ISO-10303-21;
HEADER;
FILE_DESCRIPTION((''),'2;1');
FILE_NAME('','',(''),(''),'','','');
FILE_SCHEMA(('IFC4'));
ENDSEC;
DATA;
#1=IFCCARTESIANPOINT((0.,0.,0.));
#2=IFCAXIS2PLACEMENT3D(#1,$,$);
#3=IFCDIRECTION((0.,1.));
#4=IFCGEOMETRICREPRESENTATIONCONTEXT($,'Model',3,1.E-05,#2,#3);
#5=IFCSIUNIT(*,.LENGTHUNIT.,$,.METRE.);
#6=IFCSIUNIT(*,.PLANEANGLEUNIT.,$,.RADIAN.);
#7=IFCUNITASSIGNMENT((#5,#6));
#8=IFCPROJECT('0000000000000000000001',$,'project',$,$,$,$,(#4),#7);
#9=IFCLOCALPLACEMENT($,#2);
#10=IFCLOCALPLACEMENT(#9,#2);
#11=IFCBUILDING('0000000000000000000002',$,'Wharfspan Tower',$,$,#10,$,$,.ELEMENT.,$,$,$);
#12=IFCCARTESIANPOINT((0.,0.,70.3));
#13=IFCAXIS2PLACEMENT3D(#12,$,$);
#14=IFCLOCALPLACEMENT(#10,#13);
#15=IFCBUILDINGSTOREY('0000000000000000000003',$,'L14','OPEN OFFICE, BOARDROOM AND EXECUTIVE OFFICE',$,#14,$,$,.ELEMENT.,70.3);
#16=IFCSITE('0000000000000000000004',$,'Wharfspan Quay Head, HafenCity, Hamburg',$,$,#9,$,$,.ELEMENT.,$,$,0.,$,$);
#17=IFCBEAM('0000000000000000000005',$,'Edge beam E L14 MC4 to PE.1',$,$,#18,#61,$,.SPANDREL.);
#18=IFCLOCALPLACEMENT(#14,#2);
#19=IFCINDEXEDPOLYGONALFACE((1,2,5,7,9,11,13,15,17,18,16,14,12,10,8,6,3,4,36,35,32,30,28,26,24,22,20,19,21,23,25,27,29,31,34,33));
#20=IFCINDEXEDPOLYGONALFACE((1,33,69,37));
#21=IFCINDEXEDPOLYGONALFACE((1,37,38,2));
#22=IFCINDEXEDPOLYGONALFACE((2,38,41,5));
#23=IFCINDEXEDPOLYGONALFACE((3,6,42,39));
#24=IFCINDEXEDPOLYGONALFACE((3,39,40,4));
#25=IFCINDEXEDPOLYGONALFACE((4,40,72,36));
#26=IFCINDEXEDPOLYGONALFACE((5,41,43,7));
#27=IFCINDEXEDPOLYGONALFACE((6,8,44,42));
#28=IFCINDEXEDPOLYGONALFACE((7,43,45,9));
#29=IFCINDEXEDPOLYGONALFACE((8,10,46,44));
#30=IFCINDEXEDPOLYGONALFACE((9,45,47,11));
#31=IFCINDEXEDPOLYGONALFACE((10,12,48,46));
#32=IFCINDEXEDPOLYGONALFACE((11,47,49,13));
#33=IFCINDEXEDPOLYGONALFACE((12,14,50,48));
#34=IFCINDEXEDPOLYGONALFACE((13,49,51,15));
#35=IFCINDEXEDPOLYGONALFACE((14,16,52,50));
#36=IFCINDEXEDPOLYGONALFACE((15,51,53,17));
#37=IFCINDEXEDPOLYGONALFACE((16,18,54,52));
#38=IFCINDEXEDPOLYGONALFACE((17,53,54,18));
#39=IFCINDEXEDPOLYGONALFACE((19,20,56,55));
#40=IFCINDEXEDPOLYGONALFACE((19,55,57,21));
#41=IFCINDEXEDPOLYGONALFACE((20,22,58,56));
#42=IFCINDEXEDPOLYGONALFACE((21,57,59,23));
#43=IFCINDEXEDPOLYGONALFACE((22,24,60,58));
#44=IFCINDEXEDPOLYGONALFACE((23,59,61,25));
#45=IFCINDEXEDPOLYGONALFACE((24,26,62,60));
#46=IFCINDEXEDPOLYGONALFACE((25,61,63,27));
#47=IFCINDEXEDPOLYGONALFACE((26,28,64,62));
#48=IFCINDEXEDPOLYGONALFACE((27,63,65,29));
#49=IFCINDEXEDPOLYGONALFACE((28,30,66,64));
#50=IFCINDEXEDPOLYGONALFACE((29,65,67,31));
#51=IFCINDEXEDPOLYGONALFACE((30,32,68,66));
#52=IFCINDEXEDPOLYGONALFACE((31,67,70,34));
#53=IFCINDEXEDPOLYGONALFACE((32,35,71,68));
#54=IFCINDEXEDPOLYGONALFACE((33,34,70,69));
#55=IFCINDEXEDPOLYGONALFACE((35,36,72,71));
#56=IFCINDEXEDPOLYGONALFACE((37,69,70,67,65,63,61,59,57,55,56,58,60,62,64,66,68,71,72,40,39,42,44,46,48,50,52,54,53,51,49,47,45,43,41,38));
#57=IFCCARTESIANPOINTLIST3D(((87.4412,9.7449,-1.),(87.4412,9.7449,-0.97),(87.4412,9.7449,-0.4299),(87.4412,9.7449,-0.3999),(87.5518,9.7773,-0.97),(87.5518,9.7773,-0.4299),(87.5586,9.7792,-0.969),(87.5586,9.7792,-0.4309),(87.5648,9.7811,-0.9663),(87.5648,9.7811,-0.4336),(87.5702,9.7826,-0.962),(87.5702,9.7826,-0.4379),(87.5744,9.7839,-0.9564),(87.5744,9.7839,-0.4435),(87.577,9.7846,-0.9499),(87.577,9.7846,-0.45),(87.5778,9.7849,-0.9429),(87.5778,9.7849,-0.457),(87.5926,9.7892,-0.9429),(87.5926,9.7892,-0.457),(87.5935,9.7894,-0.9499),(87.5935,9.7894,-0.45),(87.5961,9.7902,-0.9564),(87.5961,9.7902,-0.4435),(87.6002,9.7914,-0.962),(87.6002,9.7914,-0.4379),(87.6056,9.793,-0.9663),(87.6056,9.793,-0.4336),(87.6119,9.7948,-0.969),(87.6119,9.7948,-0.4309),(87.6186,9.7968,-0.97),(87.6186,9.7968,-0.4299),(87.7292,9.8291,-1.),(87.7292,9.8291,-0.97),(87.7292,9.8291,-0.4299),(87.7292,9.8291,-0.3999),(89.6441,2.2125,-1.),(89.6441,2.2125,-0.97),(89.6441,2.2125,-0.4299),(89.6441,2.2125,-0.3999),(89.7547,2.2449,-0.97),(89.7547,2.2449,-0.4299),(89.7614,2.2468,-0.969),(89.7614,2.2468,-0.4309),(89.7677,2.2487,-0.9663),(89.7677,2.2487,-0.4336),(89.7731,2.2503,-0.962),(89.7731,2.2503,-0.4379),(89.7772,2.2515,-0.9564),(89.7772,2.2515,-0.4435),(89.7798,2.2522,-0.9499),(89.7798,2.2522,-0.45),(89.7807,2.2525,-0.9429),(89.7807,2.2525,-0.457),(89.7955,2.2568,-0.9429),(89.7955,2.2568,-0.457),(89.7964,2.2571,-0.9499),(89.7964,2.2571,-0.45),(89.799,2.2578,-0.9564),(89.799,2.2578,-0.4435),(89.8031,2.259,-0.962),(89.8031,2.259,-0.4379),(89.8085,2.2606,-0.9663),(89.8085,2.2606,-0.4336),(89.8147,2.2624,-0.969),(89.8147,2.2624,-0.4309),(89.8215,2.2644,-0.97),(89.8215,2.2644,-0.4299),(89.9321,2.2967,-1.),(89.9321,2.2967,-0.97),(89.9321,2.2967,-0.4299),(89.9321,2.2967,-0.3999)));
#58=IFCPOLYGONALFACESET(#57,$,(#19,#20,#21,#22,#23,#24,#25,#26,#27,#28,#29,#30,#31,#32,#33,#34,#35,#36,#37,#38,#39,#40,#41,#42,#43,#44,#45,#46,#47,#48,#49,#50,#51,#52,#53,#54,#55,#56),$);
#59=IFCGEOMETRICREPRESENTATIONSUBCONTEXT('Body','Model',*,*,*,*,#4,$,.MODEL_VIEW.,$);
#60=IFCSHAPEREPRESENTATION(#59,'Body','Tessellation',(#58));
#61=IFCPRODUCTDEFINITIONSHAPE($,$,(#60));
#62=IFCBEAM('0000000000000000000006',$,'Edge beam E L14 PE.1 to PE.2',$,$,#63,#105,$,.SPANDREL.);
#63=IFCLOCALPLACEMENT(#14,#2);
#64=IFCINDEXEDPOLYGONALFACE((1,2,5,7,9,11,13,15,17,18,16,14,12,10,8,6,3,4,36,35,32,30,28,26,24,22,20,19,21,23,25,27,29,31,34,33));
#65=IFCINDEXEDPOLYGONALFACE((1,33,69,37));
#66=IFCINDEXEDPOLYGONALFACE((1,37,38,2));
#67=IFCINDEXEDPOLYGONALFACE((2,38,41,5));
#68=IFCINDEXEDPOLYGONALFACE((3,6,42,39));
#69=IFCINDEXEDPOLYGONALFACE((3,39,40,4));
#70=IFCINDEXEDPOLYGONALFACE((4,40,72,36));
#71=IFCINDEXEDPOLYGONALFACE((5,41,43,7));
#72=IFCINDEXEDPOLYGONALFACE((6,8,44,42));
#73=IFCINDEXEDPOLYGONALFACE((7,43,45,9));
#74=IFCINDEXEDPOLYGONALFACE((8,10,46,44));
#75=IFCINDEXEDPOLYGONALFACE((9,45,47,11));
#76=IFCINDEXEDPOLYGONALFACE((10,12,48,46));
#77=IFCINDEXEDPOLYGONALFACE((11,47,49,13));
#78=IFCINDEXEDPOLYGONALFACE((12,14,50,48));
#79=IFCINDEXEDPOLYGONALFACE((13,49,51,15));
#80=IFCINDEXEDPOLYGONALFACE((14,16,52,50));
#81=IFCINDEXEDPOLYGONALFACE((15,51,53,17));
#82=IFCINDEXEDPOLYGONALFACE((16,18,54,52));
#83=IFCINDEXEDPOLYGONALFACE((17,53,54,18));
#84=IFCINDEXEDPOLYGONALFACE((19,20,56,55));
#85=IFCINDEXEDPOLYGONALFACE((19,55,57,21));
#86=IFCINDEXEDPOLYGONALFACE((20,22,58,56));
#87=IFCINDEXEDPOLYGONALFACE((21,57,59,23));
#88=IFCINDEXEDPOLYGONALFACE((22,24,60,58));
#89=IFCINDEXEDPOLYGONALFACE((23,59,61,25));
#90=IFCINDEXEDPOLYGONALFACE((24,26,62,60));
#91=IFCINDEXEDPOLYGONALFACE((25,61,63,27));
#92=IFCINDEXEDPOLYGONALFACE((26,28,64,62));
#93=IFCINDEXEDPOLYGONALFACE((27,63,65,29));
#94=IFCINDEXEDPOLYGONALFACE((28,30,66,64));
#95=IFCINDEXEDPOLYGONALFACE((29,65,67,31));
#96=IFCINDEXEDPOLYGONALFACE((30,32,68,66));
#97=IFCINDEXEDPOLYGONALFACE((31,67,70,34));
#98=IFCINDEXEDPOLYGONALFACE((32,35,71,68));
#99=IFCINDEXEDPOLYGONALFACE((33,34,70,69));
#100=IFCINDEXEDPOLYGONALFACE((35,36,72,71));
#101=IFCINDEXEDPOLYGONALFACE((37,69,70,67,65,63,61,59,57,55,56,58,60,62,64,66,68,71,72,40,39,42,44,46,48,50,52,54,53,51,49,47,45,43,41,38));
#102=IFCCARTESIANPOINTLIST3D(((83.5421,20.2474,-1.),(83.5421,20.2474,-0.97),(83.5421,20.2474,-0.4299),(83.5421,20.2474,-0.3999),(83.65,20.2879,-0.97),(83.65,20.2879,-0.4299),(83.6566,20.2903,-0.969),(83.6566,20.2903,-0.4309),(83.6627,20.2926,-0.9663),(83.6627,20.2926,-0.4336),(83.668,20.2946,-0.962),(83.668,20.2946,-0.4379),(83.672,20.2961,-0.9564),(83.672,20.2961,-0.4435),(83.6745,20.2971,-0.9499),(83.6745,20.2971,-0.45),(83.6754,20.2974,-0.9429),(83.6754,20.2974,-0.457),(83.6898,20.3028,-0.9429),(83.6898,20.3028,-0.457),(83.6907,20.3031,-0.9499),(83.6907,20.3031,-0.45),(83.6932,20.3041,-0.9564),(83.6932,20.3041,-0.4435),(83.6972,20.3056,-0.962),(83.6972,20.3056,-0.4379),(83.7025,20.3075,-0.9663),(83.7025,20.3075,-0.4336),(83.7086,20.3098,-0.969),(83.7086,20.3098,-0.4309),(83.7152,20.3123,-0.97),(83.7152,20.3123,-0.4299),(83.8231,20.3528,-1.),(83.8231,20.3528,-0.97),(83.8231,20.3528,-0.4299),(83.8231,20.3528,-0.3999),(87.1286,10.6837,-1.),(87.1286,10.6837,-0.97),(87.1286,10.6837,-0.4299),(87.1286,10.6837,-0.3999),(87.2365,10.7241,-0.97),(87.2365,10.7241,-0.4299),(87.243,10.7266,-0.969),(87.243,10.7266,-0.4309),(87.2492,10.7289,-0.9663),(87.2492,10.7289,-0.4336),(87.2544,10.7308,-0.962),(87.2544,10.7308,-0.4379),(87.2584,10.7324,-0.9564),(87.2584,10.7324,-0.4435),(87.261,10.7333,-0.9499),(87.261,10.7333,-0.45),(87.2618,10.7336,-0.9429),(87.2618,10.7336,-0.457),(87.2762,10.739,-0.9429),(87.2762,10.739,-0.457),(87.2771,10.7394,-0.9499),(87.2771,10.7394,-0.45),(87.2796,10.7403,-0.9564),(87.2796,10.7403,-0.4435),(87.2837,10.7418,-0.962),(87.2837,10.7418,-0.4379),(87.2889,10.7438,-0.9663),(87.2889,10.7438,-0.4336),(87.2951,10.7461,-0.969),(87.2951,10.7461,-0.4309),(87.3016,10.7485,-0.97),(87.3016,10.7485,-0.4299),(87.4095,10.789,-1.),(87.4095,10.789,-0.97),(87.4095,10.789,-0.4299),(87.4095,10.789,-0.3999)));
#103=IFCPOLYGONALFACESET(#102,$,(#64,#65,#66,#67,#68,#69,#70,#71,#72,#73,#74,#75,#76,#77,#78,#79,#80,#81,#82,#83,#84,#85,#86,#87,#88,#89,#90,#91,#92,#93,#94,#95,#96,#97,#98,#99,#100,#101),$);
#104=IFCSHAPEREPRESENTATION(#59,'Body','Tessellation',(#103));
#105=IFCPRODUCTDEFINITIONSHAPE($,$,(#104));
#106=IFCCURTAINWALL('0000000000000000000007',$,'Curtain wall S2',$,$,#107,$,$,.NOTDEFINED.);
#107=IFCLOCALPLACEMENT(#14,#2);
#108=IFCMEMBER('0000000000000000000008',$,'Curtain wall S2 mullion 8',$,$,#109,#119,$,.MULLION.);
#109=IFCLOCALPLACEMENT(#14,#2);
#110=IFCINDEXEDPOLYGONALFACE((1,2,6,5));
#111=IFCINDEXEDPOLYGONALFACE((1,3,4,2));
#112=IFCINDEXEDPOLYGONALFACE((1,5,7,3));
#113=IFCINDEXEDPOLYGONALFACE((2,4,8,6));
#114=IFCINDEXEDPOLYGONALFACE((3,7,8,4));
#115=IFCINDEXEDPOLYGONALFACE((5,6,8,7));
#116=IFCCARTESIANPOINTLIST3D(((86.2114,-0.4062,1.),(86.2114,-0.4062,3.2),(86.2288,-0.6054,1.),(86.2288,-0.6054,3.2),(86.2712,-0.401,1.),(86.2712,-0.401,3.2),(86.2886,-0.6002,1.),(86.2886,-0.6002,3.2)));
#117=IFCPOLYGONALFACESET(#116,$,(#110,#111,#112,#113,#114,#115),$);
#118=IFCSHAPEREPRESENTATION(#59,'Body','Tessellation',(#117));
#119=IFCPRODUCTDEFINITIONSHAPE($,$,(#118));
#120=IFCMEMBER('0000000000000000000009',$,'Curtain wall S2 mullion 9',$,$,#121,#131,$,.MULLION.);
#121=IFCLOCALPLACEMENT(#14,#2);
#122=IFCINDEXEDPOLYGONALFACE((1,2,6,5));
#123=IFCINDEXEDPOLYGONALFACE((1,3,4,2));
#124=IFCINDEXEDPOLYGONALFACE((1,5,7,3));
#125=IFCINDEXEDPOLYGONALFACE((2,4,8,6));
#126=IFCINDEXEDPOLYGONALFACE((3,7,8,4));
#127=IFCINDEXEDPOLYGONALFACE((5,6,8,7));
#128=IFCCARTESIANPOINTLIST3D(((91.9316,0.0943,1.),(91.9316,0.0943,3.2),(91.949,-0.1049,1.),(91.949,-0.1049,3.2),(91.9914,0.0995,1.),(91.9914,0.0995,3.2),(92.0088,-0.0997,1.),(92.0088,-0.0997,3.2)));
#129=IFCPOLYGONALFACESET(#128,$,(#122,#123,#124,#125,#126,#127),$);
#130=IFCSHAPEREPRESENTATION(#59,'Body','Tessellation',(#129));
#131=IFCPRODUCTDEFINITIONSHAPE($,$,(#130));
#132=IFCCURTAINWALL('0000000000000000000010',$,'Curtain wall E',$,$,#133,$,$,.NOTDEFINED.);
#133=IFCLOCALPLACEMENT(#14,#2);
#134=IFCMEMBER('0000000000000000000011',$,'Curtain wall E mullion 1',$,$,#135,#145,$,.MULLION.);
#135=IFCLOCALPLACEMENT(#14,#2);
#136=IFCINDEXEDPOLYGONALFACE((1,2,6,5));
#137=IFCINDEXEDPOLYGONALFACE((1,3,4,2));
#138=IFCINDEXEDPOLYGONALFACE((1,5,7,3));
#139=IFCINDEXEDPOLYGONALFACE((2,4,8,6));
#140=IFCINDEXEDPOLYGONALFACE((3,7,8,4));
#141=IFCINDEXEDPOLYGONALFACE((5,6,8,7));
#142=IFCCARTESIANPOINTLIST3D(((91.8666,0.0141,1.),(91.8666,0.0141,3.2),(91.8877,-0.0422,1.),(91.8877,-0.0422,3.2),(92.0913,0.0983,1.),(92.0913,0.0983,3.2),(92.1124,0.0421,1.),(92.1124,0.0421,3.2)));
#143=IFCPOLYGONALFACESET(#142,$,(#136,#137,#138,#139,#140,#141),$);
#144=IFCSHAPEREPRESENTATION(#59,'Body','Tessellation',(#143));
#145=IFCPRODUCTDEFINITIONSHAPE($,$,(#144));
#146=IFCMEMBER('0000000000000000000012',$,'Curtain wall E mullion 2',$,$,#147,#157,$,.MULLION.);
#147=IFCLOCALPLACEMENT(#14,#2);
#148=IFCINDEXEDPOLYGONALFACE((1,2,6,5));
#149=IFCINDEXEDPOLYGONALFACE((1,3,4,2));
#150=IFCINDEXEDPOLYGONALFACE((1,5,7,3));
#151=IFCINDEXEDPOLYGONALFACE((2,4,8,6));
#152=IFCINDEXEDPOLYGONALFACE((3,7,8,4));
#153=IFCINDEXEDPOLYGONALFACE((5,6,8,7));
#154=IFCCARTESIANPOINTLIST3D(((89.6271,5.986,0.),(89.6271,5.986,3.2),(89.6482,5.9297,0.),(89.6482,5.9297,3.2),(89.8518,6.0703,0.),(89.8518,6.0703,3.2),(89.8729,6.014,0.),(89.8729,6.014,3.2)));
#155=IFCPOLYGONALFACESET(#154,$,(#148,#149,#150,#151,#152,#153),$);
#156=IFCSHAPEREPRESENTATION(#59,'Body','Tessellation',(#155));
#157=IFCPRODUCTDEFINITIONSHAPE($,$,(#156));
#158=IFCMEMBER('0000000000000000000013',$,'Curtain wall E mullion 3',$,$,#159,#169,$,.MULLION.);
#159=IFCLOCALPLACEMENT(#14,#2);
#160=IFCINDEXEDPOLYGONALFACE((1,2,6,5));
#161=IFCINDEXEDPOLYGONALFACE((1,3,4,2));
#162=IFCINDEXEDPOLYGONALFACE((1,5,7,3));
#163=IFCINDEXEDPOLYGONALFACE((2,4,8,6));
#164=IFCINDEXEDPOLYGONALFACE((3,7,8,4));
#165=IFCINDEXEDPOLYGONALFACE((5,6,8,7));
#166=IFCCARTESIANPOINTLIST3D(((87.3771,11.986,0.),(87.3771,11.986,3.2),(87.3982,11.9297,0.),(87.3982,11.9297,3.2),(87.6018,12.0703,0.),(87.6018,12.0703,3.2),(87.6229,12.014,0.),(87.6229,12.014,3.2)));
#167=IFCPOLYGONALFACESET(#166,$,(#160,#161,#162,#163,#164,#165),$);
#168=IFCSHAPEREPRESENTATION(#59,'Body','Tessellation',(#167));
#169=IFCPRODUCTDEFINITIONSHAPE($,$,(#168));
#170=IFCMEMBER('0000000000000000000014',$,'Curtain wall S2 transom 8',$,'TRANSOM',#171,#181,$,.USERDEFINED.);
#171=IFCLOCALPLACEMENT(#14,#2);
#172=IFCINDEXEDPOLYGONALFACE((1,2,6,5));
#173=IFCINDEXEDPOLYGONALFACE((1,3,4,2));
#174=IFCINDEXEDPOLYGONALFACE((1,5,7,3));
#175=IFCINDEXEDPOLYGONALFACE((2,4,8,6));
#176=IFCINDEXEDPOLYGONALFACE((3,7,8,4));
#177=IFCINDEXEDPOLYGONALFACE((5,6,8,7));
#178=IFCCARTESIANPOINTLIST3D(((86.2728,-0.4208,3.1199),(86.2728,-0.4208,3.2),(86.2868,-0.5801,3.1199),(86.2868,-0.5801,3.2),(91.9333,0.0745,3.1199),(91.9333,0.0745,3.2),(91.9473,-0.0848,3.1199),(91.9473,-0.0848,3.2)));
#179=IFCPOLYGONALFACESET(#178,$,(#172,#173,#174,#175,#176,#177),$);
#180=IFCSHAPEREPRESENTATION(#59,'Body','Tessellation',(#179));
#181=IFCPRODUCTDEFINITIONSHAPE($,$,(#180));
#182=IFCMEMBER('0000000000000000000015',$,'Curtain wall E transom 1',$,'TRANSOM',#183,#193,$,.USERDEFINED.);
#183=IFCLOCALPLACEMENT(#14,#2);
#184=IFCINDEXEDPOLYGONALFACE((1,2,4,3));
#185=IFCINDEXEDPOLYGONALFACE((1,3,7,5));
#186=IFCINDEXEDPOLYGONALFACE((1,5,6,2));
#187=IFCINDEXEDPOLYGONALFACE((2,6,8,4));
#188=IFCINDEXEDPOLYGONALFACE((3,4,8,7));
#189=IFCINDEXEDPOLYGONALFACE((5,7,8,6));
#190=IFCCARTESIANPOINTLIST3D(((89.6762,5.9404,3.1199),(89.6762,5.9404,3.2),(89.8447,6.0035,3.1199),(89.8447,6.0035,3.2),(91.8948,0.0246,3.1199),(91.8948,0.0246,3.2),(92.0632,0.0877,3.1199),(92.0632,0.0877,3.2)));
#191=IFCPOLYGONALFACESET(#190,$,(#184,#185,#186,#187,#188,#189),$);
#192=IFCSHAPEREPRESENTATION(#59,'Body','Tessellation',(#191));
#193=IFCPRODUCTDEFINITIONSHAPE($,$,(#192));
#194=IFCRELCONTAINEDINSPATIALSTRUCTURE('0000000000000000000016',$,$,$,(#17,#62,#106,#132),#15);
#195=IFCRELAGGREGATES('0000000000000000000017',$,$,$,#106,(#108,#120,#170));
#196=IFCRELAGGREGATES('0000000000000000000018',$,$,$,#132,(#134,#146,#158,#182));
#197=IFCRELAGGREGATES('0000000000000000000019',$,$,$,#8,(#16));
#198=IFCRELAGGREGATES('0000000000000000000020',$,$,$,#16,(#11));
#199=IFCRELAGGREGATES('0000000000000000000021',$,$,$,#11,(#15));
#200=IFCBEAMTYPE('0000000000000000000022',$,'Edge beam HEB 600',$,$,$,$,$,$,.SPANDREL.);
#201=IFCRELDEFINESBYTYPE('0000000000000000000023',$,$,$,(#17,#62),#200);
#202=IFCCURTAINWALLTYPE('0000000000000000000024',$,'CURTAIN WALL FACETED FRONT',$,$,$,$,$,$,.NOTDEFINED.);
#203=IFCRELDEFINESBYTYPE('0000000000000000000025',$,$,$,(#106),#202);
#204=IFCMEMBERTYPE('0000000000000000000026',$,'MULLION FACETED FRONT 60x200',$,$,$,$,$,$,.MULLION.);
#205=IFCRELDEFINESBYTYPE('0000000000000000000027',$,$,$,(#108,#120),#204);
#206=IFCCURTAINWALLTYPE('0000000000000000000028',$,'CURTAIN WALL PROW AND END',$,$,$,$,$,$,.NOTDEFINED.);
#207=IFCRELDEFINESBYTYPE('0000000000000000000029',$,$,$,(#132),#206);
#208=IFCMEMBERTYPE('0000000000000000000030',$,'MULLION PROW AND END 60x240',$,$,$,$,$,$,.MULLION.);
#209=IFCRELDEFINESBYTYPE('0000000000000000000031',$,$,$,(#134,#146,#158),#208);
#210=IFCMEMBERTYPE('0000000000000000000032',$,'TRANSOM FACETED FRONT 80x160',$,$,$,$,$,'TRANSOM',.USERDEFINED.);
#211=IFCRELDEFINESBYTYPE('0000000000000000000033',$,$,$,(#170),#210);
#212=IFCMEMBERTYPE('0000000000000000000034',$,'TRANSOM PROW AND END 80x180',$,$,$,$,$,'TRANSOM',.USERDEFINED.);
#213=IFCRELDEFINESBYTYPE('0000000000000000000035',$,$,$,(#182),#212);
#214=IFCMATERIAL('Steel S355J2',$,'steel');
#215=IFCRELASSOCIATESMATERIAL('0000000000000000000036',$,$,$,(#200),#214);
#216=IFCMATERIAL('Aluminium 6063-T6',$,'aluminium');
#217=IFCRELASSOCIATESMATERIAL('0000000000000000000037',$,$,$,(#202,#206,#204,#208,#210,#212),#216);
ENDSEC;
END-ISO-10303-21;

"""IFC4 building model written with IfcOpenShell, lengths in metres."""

from ifc_helpers import new_model, si_unit, direction, frame, origin, origin_2d, place, context, subcontext, project, spatial, rectangle, i_section, extrude, material, material_profile, profile_set, type_object, element, aggregate, save


model = new_model("IFC4")

# Units and contexts
model_context = context("Model", 3, precision=1e-05, world=origin(), true_north=direction((0.0, 1.0)))
body_context = subcontext(model_context, "Body", "Model", "MODEL_VIEW")
ifc_project = project(units=[si_unit("LENGTHUNIT", "METRE"), si_unit("PLANEANGLEUNIT", "RADIAN")], contexts=[model_context])

# Site, building, storey
site_placement = place(None, origin())
site = spatial("IfcSite", under=ifc_project, at=site_placement, Name="Wharfspan Quay Head, HafenCity, Hamburg", CompositionType="ELEMENT", RefElevation=0.0)
building_placement = place(site_placement, origin())
building = spatial("IfcBuilding", under=site, at=building_placement, Name="Wharfspan Tower", CompositionType="ELEMENT")
storey_placement = place(building_placement, frame((0.0, 0.0, 70.3)))
storey = spatial("IfcBuildingStorey", under=building, at=storey_placement, Name="L14", Description="OPEN OFFICE, BOARDROOM AND EXECUTIVE OFFICE", CompositionType="ELEMENT", Elevation=70.3)

# Shared definitions
ifc_material_1 = material(Name="Steel S355J2", Category="steel")

# Beams
ifc_material_profile_1 = material_profile(ifc_material_1, i_section(OverallWidth=0.3, OverallDepth=0.6001, WebThickness=0.0154, FlangeThickness=0.03, FilletRadius=0.0271, at=origin_2d()))
ifc_profile_set_1 = profile_set([ifc_material_profile_1], Name="Steel S355J2")
beam_type = type_object("IfcBeamType", Name="Edge beam HEB 600", PredefinedType="SPANDREL", material=ifc_profile_set_1)
beam_1_placement = place(storey_placement, frame((89.7881, 2.2546, -0.7), z_axis=(-0.280694, 0.959797, 0.0), x_axis=(-0.959797, -0.280694, 0.0)))
element("IfcBeam", 1, at=beam_1_placement, inside=storey, type_object=beam_type, Name="Edge beam E L14 MC4 to PE.1", PredefinedType="SPANDREL", context=body_context, shape_type="SweptSolid", body=[
    extrude(i_section(OverallWidth=0.3, OverallDepth=0.6001, WebThickness=0.0154, FlangeThickness=0.03, FilletRadius=0.0271, at=origin_2d()), origin(), (0.0, 0.0, 1.0), 7.8479),
])
beam_2_placement = place(storey_placement, frame((87.269, 10.7363, -0.7), z_axis=(-0.351126, 0.936328, 0.0), x_axis=(-0.936328, -0.351126, 0.0)))
element("IfcBeam", 2, at=beam_2_placement, inside=storey, type_object=beam_type, Name="Edge beam E L14 PE.1 to PE.2", PredefinedType="SPANDREL", context=body_context, shape_type="SweptSolid", body=[
    extrude(i_section(OverallWidth=0.3, OverallDepth=0.6001, WebThickness=0.0154, FlangeThickness=0.03, FilletRadius=0.0271, at=origin_2d()), origin(), (0.0, 0.0, 1.0), 10.2141),
])

# Curtain walls, members
ifc_material_2 = material(Name="Aluminium 6063-T6", Category="aluminium")
curtain_wall_type_1 = type_object("IfcCurtainWallType", Name="CURTAIN WALL FACETED FRONT", PredefinedType="NOTDEFINED", material=ifc_material_2)
curtain_wall_1_placement = place(storey_placement, origin())
curtain_wall_1 = element("IfcCurtainWall", 3, at=curtain_wall_1_placement, inside=storey, type_object=curtain_wall_type_1, Name="Curtain wall S2", PredefinedType="NOTDEFINED")
ifc_material_profile_2 = material_profile(ifc_material_2, rectangle(XDim=0.2, YDim=0.0601, at=origin_2d()))
ifc_profile_set_2 = profile_set([ifc_material_profile_2], Name="Aluminium 6063-T6")
member_type_1 = type_object("IfcMemberType", Name="MULLION FACETED FRONT 60x200", PredefinedType="MULLION", material=ifc_profile_set_2)
member_1_placement = place(storey_placement, frame((86.25, -0.5032, 1.0), z_axis=(0.0, 0.0, 1.0), x_axis=(-0.087156, 0.996197, 0.0)))
member_1 = element("IfcMember", 4, at=member_1_placement, type_object=member_type_1, Name="Curtain wall S2 mullion 8", PredefinedType="MULLION", context=body_context, shape_type="SweptSolid", body=[
    extrude(rectangle(XDim=0.2, YDim=0.0601, at=origin_2d()), origin(), (0.0, 0.0, 1.0), 2.2),
])
member_2_placement = place(storey_placement, frame((91.9702, -0.0027, 1.0), z_axis=(0.0, 0.0, 1.0), x_axis=(-0.087156, 0.996197, 0.0)))
member_2 = element("IfcMember", 5, at=member_2_placement, type_object=member_type_1, Name="Curtain wall S2 mullion 9", PredefinedType="MULLION", context=body_context, shape_type="SweptSolid", body=[
    extrude(rectangle(XDim=0.2, YDim=0.0601, at=origin_2d()), origin(), (0.0, 0.0, 1.0), 2.2),
])
curtain_wall_type_2 = type_object("IfcCurtainWallType", Name="CURTAIN WALL PROW AND END", PredefinedType="NOTDEFINED", material=ifc_material_2)
curtain_wall_2_placement = place(storey_placement, origin())
curtain_wall_2 = element("IfcCurtainWall", 6, at=curtain_wall_2_placement, inside=storey, type_object=curtain_wall_type_2, Name="Curtain wall E", PredefinedType="NOTDEFINED")
ifc_material_profile_3 = material_profile(ifc_material_2, rectangle(XDim=0.24, YDim=0.0601, at=origin_2d()))
ifc_profile_set_3 = profile_set([ifc_material_profile_3], Name="Aluminium 6063-T6")
member_type_2 = type_object("IfcMemberType", Name="MULLION PROW AND END 60x240", PredefinedType="MULLION", material=ifc_profile_set_3)
member_3_placement = place(storey_placement, frame((91.9895, 0.0281, 1.0), z_axis=(0.0, 0.0, 1.0), x_axis=(-0.936328, -0.351123, 0.0)))
member_3 = element("IfcMember", 7, at=member_3_placement, type_object=member_type_2, Name="Curtain wall E mullion 1", PredefinedType="MULLION", context=body_context, shape_type="SweptSolid", body=[
    extrude(rectangle(XDim=0.24, YDim=0.0601, at=origin_2d()), origin(), (0.0, 0.0, 1.0), 2.2),
])
member_4_placement = place(storey_placement, frame((89.75, 6.0, 0.0), z_axis=(0.0, 0.0, 1.0), x_axis=(-0.936328, -0.351123, 0.0)))
member_4 = element("IfcMember", 8, at=member_4_placement, type_object=member_type_2, Name="Curtain wall E mullion 2", PredefinedType="MULLION", context=body_context, shape_type="SweptSolid", body=[
    extrude(rectangle(XDim=0.24, YDim=0.0601, at=origin_2d()), origin(), (0.0, 0.0, 1.0), 3.2),
])
member_5_placement = place(storey_placement, frame((87.5, 12.0, 0.0), z_axis=(0.0, 0.0, 1.0), x_axis=(-0.936328, -0.351123, 0.0)))
member_5 = element("IfcMember", 9, at=member_5_placement, type_object=member_type_2, Name="Curtain wall E mullion 3", PredefinedType="MULLION", context=body_context, shape_type="SweptSolid", body=[
    extrude(rectangle(XDim=0.24, YDim=0.0601, at=origin_2d()), origin(), (0.0, 0.0, 1.0), 3.2),
])

# Members
ifc_material_profile_4 = material_profile(ifc_material_2, rectangle(XDim=0.1599, YDim=0.0801, at=origin_2d()))
ifc_profile_set_4 = profile_set([ifc_material_profile_4], Name="Aluminium 6063-T6")
member_type_3 = type_object("IfcMemberType", Name="TRANSOM FACETED FRONT 80x160", ElementType="TRANSOM", PredefinedType="USERDEFINED", material=ifc_profile_set_4)
member_6_placement = place(storey_placement, frame((86.2798, -0.5005, 3.1599), z_axis=(0.996193, 0.08718, 0.0), x_axis=(-0.08718, 0.996193, 0.0)))
member_6 = element("IfcMember", 10, at=member_6_placement, type_object=member_type_3, Name="Curtain wall S2 transom 8", ObjectType="TRANSOM", PredefinedType="USERDEFINED", context=body_context, shape_type="SweptSolid", body=[
    extrude(rectangle(XDim=0.1599, YDim=0.0801, at=origin_2d()), origin(), (0.0, 0.0, 1.0), 5.6821),
])
ifc_material_profile_5 = material_profile(ifc_material_2, rectangle(XDim=0.1799, YDim=0.0801, at=origin_2d()))
ifc_profile_set_5 = profile_set([ifc_material_profile_5], Name="Aluminium 6063-T6")
member_type_4 = type_object("IfcMemberType", Name="TRANSOM PROW AND END 80x180", ElementType="TRANSOM", PredefinedType="USERDEFINED", material=ifc_profile_set_5)
member_7_placement = place(storey_placement, frame((91.979, 0.0562, 3.1599), z_axis=(-0.351136, 0.936324, 0.0), x_axis=(-0.936324, -0.351136, 0.0)))
member_7 = element("IfcMember", 11, at=member_7_placement, type_object=member_type_4, Name="Curtain wall E transom 1", ObjectType="TRANSOM", PredefinedType="USERDEFINED", context=body_context, shape_type="SweptSolid", body=[
    extrude(rectangle(XDim=0.1799, YDim=0.0801, at=origin_2d()), origin(), (0.0, 0.0, 1.0), 6.3181),
])

aggregate(curtain_wall_1, [member_1, member_2, member_6])
aggregate(curtain_wall_2, [member_3, member_4, member_5, member_7])

save(model, "model.ifc")
